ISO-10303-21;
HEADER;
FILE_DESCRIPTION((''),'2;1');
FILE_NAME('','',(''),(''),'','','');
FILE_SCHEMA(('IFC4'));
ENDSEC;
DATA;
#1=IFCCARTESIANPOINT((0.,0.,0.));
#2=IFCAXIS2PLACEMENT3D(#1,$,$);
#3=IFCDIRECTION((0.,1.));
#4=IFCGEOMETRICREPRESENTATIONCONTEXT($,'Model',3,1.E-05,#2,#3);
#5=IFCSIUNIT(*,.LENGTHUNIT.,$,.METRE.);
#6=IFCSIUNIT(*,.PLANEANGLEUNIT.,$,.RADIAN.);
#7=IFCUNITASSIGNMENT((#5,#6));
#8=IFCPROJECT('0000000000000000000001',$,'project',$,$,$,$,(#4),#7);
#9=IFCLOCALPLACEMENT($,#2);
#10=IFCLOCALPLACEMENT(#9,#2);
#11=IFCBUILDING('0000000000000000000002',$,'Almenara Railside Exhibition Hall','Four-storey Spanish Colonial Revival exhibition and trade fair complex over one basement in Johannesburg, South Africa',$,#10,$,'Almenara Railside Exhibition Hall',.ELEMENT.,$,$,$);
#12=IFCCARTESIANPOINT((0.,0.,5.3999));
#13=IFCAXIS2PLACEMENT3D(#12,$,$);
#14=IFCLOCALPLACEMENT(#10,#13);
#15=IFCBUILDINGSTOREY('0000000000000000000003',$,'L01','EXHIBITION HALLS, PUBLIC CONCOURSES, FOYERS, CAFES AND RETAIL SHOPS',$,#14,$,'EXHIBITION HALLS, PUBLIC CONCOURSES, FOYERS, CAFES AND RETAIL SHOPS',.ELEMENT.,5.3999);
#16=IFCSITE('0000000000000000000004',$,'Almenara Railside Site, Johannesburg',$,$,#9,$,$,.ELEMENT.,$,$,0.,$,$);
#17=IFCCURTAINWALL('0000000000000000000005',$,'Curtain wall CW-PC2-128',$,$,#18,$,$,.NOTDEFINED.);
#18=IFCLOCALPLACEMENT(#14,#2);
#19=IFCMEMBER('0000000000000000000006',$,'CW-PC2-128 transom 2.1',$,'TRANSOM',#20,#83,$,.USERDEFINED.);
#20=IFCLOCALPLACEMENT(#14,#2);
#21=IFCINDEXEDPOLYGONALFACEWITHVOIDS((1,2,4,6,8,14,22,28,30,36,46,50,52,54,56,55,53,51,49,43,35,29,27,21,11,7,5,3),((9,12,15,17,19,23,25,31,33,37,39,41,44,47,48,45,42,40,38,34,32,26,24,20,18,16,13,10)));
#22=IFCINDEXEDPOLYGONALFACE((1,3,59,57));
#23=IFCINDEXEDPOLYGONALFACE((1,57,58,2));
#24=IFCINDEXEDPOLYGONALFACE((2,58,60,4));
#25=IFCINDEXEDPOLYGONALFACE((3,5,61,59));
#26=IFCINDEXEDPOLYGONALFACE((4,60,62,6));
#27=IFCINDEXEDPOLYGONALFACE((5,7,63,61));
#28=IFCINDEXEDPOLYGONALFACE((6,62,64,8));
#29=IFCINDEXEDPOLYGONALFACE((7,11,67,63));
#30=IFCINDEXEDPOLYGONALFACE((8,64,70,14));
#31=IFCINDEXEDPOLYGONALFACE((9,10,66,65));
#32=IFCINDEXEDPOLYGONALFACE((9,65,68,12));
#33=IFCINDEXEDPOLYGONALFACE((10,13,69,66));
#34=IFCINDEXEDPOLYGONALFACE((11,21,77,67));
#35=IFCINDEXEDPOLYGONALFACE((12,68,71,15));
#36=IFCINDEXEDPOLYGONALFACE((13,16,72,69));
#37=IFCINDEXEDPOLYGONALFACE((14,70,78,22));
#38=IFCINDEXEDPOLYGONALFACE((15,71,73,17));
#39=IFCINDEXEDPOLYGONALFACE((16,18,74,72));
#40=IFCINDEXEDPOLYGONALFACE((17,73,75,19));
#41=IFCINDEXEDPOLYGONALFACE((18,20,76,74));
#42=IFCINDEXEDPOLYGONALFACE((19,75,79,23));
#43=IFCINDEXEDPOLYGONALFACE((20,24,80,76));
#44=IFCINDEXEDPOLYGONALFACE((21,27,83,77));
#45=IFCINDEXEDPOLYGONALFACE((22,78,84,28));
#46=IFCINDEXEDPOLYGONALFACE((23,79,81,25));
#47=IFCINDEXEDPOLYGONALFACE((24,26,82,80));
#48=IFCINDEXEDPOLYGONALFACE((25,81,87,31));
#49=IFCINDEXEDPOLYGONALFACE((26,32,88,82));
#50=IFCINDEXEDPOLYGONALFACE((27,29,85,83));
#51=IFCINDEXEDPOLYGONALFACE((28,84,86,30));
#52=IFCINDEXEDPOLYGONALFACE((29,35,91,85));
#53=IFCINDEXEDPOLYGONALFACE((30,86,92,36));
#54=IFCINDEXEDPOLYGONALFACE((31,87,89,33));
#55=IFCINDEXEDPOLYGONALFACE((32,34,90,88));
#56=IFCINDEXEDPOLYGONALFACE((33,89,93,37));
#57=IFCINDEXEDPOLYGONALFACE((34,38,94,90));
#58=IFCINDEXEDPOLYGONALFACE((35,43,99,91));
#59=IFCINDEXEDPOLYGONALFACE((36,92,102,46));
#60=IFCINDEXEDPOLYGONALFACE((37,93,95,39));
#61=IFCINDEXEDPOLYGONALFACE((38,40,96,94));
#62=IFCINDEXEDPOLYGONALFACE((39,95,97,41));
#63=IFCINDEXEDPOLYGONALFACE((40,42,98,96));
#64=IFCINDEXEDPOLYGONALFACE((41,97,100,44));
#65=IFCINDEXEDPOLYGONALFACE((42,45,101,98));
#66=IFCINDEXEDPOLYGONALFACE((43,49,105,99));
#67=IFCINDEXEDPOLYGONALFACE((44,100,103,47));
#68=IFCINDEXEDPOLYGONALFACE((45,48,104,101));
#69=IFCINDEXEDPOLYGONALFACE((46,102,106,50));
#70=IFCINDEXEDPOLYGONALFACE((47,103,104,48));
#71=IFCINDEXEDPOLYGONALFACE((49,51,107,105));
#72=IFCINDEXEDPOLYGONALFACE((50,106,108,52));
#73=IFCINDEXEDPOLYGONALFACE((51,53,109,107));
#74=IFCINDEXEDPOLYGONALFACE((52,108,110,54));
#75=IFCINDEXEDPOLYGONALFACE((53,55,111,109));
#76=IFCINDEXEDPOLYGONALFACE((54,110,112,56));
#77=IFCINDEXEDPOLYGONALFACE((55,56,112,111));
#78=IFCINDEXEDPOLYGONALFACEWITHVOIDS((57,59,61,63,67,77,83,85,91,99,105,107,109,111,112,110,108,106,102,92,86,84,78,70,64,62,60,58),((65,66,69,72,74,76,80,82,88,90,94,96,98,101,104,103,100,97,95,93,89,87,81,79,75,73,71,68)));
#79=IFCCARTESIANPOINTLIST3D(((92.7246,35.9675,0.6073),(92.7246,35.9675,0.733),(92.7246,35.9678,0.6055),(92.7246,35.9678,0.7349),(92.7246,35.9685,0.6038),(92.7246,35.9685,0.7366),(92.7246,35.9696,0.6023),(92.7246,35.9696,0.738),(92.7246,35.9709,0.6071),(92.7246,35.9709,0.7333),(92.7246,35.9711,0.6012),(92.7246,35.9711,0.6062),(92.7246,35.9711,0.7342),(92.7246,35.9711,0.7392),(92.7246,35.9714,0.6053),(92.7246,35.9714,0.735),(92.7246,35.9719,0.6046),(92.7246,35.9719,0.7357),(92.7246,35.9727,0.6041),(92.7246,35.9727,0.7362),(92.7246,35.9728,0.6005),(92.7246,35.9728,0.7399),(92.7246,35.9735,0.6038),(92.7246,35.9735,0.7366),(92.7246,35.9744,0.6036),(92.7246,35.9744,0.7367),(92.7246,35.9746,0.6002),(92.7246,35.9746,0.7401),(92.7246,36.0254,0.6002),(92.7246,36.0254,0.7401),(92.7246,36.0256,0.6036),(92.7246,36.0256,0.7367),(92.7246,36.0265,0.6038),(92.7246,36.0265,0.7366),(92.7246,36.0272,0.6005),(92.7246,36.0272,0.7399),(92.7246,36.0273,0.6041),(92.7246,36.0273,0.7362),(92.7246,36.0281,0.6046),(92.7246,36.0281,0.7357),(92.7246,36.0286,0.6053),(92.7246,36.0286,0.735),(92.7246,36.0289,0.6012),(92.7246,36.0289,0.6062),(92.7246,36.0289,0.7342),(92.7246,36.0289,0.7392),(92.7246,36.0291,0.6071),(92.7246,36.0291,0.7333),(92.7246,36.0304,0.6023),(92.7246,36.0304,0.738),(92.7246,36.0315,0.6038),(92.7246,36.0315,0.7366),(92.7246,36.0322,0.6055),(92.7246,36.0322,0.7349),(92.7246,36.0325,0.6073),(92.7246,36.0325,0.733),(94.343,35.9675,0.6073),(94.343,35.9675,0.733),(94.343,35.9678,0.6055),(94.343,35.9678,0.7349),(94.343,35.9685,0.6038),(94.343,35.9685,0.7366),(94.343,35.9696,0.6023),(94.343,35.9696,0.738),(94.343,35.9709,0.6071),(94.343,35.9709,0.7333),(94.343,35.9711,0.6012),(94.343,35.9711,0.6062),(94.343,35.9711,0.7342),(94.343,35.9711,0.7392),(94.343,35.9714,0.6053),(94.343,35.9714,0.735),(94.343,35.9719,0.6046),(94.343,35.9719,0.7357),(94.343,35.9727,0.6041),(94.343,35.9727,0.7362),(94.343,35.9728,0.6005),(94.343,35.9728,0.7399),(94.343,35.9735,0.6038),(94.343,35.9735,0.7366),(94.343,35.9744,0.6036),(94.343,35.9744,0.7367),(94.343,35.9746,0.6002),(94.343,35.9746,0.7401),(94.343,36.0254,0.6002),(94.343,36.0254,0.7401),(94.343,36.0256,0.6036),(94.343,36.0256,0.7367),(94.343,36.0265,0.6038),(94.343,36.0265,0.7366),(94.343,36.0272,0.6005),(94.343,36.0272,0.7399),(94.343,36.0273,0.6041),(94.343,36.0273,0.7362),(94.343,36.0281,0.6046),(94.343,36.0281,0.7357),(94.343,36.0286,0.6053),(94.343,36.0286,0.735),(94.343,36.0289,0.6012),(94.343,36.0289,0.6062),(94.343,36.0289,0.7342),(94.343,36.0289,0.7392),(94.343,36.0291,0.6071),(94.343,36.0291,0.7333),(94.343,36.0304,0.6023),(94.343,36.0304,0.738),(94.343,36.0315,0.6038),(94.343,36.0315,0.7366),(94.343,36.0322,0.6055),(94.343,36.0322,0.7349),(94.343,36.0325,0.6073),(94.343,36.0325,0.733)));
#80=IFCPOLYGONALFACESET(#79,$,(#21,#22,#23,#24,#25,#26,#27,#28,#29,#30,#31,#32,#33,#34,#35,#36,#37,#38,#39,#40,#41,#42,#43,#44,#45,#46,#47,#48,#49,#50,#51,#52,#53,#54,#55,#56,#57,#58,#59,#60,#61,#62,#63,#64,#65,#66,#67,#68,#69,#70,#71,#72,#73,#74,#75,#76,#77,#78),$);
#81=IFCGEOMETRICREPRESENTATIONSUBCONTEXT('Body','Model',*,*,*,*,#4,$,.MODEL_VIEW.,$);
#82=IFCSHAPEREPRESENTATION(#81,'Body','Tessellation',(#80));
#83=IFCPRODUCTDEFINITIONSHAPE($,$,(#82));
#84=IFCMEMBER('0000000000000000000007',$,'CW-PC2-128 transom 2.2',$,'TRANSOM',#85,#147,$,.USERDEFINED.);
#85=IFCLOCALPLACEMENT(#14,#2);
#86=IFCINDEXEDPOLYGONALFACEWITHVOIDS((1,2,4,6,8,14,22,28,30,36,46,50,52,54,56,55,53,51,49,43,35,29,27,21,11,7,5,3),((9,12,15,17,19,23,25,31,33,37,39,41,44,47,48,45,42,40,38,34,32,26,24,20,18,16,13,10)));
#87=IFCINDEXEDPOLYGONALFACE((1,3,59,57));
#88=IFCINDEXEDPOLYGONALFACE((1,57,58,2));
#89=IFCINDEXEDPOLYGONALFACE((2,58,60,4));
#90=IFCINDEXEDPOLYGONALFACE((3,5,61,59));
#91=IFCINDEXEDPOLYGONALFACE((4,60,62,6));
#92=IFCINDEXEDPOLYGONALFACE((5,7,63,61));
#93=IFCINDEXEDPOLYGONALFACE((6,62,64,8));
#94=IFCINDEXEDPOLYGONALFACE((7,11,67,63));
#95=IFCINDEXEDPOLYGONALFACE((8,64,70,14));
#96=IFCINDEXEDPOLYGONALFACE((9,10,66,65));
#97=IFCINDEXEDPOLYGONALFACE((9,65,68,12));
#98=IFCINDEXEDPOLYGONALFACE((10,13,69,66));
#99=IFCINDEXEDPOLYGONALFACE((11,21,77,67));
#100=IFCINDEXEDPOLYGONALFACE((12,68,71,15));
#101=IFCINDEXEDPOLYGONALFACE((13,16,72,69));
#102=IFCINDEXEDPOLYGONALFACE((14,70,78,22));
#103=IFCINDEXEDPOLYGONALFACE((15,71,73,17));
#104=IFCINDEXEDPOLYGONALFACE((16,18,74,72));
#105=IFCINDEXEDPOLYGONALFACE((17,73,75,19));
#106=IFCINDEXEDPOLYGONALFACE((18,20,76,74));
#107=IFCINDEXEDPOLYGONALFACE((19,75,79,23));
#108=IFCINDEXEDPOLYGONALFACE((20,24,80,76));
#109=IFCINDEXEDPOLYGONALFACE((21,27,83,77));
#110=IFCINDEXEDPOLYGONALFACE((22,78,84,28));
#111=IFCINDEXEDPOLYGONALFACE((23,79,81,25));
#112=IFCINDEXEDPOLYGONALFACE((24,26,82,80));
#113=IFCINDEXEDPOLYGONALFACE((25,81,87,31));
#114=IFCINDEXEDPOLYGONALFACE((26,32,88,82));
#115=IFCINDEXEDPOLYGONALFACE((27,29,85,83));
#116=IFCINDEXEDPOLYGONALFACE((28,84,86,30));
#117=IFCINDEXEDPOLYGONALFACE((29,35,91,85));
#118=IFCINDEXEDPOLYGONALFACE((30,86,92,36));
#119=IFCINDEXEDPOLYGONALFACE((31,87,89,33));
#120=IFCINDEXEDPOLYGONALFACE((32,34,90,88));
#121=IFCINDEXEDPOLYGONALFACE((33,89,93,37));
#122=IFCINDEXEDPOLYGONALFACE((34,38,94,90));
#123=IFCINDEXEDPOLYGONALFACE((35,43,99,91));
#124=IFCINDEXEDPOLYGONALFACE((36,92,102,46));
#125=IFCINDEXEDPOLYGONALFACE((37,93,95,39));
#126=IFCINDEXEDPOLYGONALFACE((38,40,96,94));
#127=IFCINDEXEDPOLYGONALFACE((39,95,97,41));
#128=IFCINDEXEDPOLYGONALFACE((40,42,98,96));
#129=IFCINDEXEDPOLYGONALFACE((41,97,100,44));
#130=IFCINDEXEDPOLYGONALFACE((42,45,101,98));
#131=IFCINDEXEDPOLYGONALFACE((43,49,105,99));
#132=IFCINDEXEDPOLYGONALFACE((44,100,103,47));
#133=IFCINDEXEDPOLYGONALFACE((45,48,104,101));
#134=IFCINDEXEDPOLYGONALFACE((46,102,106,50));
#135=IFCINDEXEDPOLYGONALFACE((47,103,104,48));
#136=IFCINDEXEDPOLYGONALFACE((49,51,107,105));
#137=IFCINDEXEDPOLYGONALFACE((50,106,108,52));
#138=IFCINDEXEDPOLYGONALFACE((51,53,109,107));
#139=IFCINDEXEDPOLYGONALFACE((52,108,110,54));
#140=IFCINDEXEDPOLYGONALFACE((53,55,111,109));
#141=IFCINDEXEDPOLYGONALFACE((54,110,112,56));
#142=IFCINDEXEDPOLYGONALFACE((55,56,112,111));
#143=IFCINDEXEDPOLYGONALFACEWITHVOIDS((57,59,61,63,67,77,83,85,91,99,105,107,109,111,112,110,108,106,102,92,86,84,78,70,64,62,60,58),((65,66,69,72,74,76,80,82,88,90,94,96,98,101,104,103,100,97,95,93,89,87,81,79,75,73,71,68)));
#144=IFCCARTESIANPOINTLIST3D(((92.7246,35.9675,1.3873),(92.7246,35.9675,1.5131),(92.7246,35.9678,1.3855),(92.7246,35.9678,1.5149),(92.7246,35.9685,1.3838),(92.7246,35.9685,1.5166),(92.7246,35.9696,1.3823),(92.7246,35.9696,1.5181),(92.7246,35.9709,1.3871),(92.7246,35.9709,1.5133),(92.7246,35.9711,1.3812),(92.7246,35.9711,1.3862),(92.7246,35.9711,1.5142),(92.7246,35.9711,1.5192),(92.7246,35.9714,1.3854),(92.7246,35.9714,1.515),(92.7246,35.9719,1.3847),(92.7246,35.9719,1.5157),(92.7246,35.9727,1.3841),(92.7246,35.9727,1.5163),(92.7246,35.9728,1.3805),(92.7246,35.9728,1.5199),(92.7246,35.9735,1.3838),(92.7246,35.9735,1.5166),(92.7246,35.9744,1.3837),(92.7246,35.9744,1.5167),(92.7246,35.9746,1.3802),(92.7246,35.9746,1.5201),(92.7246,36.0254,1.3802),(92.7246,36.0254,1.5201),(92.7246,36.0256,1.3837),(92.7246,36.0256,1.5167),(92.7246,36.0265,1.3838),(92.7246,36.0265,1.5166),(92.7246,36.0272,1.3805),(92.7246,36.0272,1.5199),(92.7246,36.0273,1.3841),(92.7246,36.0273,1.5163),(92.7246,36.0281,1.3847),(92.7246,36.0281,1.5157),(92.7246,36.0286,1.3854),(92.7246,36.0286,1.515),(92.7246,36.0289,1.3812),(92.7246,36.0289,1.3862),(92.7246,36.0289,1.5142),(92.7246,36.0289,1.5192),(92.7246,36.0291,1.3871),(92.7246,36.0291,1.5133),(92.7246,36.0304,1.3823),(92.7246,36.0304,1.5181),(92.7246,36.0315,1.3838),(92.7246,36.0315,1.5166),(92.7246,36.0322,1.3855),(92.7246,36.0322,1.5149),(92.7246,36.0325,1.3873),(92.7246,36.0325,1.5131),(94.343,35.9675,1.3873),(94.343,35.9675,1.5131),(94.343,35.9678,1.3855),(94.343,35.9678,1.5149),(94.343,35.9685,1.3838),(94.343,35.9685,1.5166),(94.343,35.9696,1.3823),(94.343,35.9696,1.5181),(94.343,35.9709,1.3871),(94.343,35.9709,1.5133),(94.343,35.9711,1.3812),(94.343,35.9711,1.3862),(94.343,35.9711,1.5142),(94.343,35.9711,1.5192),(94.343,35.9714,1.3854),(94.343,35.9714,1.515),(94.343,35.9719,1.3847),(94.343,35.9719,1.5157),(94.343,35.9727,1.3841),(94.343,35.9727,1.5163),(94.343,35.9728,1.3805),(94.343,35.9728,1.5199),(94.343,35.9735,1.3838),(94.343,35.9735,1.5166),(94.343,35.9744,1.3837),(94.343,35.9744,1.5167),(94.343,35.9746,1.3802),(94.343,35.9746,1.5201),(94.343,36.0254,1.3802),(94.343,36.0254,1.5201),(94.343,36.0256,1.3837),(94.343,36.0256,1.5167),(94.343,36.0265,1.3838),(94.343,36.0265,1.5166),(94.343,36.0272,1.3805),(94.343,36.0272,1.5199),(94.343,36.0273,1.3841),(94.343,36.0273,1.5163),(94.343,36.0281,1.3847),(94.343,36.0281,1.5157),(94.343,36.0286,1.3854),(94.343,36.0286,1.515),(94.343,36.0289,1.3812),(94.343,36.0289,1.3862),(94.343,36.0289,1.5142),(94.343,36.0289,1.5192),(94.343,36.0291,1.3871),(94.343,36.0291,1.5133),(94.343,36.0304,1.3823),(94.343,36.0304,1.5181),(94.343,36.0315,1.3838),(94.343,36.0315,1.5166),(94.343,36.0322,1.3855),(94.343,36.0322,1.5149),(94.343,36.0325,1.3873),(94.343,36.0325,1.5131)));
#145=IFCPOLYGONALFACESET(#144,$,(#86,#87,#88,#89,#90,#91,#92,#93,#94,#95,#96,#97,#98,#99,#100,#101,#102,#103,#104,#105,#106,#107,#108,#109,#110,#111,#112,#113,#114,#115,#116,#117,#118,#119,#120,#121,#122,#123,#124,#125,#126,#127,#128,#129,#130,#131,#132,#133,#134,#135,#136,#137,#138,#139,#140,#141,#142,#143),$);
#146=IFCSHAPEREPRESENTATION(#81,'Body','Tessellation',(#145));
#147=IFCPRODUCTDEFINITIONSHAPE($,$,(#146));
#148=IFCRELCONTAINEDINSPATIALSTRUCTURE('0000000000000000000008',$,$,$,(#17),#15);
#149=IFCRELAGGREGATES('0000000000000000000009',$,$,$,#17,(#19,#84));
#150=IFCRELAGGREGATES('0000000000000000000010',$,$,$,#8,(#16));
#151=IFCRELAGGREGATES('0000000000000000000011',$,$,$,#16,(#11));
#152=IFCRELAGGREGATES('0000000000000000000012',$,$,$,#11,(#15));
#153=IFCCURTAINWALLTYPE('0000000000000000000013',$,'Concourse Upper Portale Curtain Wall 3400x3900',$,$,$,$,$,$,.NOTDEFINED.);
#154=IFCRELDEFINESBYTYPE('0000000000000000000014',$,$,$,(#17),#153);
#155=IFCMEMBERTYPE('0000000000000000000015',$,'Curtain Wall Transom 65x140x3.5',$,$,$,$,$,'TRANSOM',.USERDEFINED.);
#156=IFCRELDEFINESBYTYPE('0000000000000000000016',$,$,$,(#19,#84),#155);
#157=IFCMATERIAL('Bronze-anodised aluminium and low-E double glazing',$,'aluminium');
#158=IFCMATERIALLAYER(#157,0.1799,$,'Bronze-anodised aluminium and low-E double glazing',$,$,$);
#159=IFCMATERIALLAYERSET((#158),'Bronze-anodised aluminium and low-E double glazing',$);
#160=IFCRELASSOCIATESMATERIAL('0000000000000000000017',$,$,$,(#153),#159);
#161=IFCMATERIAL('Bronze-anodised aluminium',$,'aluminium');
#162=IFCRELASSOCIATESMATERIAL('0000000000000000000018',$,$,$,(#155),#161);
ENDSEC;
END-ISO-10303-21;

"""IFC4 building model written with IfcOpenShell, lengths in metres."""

from ifc_helpers import new_model, si_unit, direction, frame, origin, origin_2d, place, context, subcontext, project, spatial, hollow_rectangle, extrude, material, layer, layer_set, material_profile, profile_set, type_object, element, aggregate, save


model = new_model("IFC4")

# Units and contexts
model_context = context("Model", 3, precision=1e-05, world=origin(), true_north=direction((0.0, 1.0)))
body_context = subcontext(model_context, "Body", "Model", "MODEL_VIEW")
ifc_project = project(units=[si_unit("LENGTHUNIT", "METRE"), si_unit("PLANEANGLEUNIT", "RADIAN")], contexts=[model_context])

# Site, building, storey
site_placement = place(None, origin())
site = spatial("IfcSite", under=ifc_project, at=site_placement, Name="Almenara Railside Site, Johannesburg", CompositionType="ELEMENT", RefElevation=0.0)
building_placement = place(site_placement, origin())
building = spatial("IfcBuilding", under=site, at=building_placement, Name="Almenara Railside Exhibition Hall", Description="Four-storey Spanish Colonial Revival exhibition and trade fair complex over one basement in Johannesburg, South Africa", LongName="Almenara Railside Exhibition Hall", CompositionType="ELEMENT")
storey_placement = place(building_placement, frame((0.0, 0.0, 5.3999)))
storey = spatial("IfcBuildingStorey", under=building, at=storey_placement, Name="L01", Description="EXHIBITION HALLS, PUBLIC CONCOURSES, FOYERS, CAFES AND RETAIL SHOPS", LongName="EXHIBITION HALLS, PUBLIC CONCOURSES, FOYERS, CAFES AND RETAIL SHOPS", CompositionType="ELEMENT", Elevation=5.3999)

# Curtain wall
ifc_material_1 = material(Name="Bronze-anodised aluminium and low-E double glazing", Category="aluminium")
ifc_layer_1 = layer(ifc_material_1, 0.1799, Name="Bronze-anodised aluminium and low-E double glazing")
ifc_layer_set_1 = layer_set([ifc_layer_1], Name="Bronze-anodised aluminium and low-E double glazing")
curtain_wall_type_1 = type_object("IfcCurtainWallType", Name="Concourse Upper Portale Curtain Wall 3400x3900", PredefinedType="NOTDEFINED", material=ifc_layer_set_1)
curtain_wall_1_placement = place(storey_placement, origin())
curtain_wall_1 = element("IfcCurtainWall", 1, at=curtain_wall_1_placement, inside=storey, type_object=curtain_wall_type_1, Name="Curtain wall CW-PC2-128", PredefinedType="NOTDEFINED")
ifc_material_2 = material(Name="Bronze-anodised aluminium", Category="aluminium")

# Members
ifc_material_profile_1 = material_profile(ifc_material_2, hollow_rectangle(XDim=0.0649, YDim=0.1399, WallThickness=0.0034, InnerFilletRadius=0.0034, OuterFilletRadius=0.0071, at=origin_2d()), Name="ALU-TRN 65x140x3.5")
ifc_profile_set_1 = profile_set([ifc_material_profile_1], Name="Bronze-anodised aluminium")
member_type_1 = type_object("IfcMemberType", Name="Curtain Wall Transom 65x140x3.5", ElementType="TRANSOM", PredefinedType="USERDEFINED", material=ifc_profile_set_1)
member_1_placement = place(storey_placement, frame((92.7246, 36.0, 0.6702), z_axis=(1.0, 0.0, 0.0), x_axis=(0.0, 1.0, 0.0)))
member_1 = element("IfcMember", 2, at=member_1_placement, type_object=member_type_1, Name="CW-PC2-128 transom 2.1", ObjectType="TRANSOM", PredefinedType="USERDEFINED", context=body_context, shape_type="SweptSolid", body=[
    extrude(hollow_rectangle(XDim=0.0649, YDim=0.1399, WallThickness=0.0034, InnerFilletRadius=0.0034, OuterFilletRadius=0.0071, at=origin_2d()), origin(), (0.0, 0.0, 1.0), 1.6184),
])
member_2_placement = place(storey_placement, frame((92.7246, 36.0, 1.4502), z_axis=(1.0, 0.0, 0.0), x_axis=(0.0, 1.0, 0.0)))
member_2 = element("IfcMember", 3, at=member_2_placement, type_object=member_type_1, Name="CW-PC2-128 transom 2.2", ObjectType="TRANSOM", PredefinedType="USERDEFINED", context=body_context, shape_type="SweptSolid", body=[
    extrude(hollow_rectangle(XDim=0.0649, YDim=0.1399, WallThickness=0.0034, InnerFilletRadius=0.0034, OuterFilletRadius=0.0071, at=origin_2d()), origin(), (0.0, 0.0, 1.0), 1.6184),
])

aggregate(curtain_wall_1, [member_1, member_2])

save(model, "model.ifc")
